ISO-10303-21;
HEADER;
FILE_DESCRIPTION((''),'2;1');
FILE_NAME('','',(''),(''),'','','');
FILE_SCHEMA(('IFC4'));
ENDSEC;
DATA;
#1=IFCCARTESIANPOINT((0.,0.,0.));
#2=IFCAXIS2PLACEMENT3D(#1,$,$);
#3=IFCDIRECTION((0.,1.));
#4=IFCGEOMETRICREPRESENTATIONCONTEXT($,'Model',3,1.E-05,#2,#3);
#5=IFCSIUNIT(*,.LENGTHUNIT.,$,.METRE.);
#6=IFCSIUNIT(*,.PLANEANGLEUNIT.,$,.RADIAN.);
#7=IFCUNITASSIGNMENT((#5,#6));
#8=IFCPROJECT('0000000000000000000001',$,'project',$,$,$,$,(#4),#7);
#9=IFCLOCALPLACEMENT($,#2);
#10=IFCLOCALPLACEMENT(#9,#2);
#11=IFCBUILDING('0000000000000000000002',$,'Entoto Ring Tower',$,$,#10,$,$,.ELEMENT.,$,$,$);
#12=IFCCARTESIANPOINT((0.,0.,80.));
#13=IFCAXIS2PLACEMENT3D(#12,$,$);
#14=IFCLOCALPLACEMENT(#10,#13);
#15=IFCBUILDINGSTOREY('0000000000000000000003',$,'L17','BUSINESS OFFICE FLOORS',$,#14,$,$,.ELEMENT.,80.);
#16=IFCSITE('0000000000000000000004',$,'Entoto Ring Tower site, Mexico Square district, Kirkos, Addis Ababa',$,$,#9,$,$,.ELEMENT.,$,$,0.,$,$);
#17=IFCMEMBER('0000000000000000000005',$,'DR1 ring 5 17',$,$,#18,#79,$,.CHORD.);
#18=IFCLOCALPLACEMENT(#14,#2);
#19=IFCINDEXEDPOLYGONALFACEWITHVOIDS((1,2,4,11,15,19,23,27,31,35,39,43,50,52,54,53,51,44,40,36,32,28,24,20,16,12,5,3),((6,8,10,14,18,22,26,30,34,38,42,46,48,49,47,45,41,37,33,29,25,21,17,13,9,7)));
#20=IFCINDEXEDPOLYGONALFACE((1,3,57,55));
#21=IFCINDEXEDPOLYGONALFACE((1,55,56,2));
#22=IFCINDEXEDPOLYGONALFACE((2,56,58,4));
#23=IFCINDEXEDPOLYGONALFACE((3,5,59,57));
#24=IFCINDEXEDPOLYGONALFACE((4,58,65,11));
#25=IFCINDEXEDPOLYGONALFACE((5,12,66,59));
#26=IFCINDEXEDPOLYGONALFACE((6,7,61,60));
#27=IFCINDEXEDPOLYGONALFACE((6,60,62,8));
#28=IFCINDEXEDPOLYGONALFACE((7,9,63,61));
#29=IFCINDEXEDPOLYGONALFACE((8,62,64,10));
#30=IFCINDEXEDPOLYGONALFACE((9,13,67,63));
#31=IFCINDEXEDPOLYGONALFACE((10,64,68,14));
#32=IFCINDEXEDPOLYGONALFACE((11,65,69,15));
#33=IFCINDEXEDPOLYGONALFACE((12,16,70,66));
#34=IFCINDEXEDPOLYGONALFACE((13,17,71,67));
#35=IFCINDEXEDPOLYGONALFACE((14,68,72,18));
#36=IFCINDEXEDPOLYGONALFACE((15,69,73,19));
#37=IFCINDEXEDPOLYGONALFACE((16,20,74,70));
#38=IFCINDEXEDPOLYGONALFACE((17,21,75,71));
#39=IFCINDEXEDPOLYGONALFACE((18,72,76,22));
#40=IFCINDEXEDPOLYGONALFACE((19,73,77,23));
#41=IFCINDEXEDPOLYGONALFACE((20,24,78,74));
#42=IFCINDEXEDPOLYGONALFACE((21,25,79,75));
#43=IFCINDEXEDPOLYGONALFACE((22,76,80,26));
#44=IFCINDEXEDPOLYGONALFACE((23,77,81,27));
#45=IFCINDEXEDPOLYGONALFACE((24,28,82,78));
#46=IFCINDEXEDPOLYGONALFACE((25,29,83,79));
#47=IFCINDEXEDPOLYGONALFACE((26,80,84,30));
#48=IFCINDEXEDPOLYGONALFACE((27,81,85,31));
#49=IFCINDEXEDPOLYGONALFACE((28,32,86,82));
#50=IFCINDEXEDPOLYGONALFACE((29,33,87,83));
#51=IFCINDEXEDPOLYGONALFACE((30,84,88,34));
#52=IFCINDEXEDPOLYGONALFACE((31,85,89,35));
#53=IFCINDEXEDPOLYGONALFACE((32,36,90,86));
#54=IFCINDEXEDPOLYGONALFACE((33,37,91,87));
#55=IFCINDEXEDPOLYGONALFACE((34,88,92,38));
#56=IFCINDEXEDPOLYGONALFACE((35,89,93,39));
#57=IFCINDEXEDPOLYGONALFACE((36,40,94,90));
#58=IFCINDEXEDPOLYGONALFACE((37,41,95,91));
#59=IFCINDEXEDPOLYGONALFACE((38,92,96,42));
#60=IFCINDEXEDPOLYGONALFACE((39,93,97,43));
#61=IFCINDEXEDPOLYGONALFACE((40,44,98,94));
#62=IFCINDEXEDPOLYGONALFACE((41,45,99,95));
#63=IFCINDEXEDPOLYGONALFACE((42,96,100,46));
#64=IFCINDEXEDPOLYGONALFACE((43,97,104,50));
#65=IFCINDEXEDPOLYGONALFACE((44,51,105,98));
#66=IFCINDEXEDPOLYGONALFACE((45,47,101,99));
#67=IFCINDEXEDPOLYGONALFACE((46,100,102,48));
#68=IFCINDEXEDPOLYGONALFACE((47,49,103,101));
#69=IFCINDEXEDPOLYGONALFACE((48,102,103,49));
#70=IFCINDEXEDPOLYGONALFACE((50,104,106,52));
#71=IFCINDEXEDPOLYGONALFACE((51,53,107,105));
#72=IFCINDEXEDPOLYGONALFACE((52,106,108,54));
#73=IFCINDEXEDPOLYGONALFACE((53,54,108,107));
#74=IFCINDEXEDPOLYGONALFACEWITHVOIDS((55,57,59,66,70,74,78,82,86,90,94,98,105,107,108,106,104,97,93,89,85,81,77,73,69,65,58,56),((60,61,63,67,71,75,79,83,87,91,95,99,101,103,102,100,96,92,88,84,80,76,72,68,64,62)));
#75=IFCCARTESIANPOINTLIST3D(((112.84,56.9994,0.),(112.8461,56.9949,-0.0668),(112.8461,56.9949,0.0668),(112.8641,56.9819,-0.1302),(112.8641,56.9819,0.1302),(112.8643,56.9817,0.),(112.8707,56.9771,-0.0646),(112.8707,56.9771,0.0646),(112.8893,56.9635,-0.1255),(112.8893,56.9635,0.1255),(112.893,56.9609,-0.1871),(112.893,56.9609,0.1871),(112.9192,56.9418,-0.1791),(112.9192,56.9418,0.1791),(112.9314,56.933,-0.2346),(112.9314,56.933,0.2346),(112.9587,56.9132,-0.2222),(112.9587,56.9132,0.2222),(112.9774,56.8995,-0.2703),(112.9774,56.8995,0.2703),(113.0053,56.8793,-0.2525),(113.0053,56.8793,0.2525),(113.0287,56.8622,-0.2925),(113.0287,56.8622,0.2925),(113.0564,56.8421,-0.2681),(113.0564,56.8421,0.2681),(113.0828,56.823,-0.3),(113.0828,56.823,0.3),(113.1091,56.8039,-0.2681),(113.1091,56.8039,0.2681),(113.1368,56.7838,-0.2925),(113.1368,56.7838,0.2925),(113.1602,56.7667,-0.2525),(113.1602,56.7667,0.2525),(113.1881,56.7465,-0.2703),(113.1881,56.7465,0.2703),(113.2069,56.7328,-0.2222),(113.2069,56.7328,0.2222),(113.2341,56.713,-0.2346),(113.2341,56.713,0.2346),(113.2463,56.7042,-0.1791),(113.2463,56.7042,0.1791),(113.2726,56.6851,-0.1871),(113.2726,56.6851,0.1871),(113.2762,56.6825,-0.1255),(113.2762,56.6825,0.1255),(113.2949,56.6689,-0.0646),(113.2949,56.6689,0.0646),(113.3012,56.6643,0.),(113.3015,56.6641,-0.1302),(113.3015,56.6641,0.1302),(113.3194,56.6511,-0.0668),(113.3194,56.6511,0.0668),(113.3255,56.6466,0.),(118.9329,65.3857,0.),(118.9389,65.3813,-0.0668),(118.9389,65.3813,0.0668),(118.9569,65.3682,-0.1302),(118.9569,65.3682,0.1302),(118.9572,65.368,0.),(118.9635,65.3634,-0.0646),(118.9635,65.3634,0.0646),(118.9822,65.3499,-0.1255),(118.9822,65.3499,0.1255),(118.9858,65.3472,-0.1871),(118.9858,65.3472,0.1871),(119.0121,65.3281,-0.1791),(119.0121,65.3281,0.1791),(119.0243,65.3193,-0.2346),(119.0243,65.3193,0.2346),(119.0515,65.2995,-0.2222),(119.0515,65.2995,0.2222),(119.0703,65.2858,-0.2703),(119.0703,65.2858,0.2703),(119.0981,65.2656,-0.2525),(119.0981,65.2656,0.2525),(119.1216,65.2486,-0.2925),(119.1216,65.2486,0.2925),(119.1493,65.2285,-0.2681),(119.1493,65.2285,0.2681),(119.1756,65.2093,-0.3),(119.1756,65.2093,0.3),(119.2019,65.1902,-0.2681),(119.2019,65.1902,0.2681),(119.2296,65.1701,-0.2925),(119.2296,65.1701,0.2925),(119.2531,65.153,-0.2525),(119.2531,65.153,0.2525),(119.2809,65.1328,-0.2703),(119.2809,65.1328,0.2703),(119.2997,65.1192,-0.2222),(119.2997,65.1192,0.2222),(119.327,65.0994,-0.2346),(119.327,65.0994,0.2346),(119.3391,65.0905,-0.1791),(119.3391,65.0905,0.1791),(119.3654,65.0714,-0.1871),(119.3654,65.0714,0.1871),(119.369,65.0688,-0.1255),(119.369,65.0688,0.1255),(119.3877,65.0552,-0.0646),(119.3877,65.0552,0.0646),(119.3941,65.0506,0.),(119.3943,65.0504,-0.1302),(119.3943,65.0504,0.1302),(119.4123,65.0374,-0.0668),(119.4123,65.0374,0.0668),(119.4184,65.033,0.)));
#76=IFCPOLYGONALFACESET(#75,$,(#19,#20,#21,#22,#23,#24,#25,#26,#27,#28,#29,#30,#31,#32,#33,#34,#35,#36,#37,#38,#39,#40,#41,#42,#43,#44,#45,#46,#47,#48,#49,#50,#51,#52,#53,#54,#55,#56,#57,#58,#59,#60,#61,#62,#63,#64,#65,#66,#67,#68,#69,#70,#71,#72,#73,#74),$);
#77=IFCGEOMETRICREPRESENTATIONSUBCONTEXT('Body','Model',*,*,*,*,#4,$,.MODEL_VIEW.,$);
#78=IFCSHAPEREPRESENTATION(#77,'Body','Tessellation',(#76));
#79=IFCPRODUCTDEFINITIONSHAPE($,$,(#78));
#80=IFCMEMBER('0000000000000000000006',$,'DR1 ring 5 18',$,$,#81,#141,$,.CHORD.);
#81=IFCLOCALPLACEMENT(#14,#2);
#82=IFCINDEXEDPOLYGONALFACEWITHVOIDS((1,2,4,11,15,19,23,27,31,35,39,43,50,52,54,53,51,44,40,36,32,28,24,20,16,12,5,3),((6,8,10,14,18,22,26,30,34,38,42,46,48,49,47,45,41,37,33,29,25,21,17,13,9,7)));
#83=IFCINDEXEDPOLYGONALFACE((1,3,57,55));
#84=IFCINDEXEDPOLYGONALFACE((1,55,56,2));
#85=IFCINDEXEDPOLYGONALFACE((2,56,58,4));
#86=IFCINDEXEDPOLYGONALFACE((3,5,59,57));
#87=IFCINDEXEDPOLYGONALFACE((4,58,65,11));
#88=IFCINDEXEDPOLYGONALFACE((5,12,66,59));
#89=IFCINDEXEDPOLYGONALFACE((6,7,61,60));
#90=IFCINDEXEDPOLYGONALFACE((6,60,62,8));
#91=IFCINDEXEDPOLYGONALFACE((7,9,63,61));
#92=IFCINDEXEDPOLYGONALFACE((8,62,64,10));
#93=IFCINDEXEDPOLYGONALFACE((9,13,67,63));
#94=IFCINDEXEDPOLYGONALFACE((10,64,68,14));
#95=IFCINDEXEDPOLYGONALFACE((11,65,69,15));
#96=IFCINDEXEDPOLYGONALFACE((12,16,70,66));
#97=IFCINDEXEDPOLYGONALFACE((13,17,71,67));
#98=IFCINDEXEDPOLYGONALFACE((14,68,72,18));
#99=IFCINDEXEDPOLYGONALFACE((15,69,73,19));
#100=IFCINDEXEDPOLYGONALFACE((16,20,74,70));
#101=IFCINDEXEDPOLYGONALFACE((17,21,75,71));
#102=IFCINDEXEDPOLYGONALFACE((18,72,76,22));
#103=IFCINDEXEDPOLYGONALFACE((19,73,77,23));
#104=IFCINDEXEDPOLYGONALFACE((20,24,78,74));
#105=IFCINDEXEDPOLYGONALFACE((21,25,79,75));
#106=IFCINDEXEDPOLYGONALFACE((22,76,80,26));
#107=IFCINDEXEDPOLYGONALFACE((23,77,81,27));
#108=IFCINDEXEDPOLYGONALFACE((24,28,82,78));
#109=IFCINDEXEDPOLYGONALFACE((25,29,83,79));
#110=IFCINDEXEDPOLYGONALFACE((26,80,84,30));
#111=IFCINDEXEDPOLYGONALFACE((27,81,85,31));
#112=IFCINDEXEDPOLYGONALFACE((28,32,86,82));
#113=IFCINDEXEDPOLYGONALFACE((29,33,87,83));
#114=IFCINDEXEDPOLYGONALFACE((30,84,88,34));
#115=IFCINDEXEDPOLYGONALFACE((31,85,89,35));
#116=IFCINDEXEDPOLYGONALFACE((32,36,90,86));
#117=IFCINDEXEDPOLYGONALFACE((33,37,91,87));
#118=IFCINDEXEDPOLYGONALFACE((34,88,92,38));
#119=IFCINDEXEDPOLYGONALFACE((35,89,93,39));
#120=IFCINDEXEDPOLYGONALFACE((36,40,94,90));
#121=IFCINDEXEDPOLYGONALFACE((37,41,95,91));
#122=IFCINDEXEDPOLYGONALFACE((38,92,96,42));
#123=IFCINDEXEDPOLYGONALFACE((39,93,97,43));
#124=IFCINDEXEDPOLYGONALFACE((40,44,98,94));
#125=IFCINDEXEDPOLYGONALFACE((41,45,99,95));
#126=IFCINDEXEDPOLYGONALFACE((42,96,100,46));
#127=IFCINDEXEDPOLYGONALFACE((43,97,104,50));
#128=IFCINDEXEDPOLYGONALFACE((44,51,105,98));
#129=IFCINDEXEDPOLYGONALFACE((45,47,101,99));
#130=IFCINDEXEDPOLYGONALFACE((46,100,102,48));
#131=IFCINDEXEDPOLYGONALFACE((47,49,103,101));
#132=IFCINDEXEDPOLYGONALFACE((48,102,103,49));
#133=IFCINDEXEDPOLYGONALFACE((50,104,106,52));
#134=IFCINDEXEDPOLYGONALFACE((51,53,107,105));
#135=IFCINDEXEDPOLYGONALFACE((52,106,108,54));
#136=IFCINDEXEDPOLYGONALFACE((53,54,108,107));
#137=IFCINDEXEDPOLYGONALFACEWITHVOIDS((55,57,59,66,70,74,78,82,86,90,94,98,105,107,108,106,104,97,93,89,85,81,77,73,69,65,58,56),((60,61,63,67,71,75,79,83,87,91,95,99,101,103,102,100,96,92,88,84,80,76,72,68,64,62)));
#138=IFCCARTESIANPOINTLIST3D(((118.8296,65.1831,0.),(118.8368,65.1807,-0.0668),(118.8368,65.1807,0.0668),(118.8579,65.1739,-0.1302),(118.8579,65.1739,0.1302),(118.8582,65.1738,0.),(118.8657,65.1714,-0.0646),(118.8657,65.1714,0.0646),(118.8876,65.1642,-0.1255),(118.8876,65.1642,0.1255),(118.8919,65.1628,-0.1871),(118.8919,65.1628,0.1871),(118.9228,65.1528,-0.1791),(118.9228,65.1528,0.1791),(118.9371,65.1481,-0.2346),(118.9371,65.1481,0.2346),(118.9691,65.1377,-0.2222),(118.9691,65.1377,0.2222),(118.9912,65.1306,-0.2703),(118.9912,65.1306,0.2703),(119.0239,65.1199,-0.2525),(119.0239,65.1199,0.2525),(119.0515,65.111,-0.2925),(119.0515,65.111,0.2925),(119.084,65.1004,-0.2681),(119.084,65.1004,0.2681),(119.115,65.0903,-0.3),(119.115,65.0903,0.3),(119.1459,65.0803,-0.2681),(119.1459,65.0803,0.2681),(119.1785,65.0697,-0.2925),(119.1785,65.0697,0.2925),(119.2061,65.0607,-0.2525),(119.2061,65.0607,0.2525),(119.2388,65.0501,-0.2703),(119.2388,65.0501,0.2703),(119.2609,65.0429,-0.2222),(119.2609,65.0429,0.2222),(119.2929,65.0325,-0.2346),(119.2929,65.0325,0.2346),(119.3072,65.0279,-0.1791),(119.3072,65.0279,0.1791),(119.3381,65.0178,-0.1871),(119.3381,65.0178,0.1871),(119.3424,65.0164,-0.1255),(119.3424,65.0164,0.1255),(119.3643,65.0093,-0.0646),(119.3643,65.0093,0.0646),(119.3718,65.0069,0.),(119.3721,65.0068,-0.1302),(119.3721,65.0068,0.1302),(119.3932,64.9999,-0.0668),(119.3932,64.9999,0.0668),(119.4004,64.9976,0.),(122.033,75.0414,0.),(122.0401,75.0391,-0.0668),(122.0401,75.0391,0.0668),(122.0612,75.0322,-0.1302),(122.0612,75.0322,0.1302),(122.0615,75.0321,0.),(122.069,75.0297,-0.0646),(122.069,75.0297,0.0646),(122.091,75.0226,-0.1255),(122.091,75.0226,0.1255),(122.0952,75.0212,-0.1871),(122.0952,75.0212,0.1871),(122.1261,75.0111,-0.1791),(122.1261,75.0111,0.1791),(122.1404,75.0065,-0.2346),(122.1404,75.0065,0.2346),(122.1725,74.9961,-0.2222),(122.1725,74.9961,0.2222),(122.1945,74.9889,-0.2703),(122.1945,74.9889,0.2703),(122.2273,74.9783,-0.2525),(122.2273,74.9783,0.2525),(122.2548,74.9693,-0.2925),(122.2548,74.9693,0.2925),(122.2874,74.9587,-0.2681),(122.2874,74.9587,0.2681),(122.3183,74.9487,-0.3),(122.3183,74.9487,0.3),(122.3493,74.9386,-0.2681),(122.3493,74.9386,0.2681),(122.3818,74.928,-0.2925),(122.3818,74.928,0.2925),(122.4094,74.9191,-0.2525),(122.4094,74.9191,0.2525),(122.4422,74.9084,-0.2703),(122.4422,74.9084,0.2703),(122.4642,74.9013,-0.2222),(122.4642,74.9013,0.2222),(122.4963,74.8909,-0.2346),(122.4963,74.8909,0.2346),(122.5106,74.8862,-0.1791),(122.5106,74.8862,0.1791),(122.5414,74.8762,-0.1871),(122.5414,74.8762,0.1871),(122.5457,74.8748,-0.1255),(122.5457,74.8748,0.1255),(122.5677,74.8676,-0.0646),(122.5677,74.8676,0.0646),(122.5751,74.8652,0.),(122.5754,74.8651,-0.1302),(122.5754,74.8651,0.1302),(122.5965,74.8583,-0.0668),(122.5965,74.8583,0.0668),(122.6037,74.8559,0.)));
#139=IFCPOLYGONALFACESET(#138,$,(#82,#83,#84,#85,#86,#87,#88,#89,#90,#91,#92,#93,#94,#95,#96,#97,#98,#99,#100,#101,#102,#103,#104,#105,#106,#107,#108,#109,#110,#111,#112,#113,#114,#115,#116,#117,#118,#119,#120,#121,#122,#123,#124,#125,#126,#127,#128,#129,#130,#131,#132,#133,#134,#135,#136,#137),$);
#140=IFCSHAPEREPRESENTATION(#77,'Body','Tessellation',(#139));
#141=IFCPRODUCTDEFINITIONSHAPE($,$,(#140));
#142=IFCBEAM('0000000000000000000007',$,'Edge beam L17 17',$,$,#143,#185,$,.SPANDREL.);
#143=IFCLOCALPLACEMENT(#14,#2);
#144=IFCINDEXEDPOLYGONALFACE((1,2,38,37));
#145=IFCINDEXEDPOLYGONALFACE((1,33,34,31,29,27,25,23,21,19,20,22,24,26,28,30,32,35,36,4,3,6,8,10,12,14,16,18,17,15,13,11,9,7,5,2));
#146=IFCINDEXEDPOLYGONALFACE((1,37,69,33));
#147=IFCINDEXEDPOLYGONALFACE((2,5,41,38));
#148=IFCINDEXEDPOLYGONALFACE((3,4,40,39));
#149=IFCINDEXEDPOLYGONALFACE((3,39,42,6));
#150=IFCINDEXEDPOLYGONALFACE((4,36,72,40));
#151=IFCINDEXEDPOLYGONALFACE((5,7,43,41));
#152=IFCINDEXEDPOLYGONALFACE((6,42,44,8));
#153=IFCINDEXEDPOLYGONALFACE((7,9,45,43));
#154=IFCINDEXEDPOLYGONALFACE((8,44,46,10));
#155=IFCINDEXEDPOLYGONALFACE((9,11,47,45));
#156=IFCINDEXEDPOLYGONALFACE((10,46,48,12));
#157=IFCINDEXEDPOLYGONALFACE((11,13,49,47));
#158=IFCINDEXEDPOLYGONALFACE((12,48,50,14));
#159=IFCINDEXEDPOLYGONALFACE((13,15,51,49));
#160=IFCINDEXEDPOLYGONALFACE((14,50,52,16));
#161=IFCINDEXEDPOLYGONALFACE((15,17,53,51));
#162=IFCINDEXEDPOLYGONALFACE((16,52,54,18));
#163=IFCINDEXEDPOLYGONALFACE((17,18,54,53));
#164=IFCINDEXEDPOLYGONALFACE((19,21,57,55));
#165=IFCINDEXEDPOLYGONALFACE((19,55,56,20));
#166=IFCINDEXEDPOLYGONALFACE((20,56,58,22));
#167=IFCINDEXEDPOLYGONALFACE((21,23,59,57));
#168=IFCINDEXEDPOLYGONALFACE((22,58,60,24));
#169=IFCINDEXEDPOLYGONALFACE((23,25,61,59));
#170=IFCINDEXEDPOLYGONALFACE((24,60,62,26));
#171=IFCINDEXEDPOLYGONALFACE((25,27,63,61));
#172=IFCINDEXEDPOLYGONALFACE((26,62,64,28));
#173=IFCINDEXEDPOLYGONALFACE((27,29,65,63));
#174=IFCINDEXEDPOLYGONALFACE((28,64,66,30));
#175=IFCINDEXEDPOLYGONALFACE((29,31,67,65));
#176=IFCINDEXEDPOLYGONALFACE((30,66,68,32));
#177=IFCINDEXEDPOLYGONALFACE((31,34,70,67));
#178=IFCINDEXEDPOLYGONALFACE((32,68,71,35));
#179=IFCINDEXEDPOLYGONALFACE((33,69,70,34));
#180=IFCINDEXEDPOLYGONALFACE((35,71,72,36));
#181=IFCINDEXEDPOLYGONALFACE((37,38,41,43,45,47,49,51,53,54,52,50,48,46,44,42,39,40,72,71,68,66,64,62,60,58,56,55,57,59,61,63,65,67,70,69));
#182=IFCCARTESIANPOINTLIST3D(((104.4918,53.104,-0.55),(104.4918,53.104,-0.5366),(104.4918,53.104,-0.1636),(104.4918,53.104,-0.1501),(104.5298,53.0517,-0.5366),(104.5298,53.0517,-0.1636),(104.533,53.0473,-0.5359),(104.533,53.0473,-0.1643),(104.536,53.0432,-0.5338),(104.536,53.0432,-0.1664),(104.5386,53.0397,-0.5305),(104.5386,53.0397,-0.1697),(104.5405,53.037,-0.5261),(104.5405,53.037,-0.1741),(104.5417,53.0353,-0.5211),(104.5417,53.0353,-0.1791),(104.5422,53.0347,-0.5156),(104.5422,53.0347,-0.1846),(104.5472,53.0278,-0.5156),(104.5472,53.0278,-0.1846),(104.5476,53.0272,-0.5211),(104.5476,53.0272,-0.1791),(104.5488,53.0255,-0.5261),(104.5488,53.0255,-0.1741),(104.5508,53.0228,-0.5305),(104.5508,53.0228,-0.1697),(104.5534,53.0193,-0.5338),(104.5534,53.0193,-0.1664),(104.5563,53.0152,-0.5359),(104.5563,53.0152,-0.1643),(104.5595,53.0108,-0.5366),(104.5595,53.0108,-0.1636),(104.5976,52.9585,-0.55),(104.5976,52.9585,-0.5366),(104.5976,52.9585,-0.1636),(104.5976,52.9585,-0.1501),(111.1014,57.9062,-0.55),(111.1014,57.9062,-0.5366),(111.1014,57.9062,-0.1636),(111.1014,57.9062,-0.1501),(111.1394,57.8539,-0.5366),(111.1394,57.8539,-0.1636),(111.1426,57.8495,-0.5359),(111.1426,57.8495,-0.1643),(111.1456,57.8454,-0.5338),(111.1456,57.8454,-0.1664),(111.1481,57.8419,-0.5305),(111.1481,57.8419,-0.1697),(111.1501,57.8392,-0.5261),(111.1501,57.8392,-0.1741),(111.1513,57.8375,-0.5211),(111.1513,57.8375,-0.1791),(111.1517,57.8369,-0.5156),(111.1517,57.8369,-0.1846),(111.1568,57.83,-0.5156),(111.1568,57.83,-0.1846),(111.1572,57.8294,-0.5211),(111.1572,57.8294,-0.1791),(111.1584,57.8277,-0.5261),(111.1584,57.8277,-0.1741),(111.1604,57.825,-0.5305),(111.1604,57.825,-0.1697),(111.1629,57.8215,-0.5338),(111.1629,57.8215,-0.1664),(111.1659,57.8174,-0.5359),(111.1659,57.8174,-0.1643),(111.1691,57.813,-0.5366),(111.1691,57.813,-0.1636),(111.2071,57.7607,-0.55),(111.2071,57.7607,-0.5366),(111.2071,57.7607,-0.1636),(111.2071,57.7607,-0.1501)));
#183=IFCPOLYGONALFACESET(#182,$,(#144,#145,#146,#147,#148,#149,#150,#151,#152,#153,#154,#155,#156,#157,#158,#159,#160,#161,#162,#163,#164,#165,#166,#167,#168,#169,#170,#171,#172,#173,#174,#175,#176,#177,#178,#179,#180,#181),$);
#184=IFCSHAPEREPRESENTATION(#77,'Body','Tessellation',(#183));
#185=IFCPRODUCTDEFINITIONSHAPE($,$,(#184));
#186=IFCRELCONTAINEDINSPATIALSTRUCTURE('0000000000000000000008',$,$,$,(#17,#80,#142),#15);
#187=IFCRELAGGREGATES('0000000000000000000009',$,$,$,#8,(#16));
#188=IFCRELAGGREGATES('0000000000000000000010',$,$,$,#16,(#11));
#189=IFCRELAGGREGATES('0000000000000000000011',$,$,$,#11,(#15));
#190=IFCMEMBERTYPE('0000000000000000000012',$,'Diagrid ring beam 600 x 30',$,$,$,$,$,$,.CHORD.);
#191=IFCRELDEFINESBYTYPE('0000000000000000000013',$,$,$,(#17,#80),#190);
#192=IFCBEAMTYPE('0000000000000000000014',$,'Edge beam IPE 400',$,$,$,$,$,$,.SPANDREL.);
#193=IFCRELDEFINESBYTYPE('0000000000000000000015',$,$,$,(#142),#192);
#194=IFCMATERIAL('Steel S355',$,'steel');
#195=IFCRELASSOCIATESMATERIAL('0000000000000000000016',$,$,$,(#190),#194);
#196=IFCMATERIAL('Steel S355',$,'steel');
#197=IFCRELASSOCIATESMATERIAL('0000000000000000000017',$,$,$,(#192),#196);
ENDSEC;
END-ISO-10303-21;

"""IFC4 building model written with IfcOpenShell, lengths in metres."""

from ifc_helpers import new_model, si_unit, direction, frame, origin, origin_2d, place, context, subcontext, project, spatial, circle, hollow_circle, i_section, extrude, material, material_profile, profile_set, type_object, element, save


model = new_model("IFC4")

# Units and contexts
model_context = context("Model", 3, precision=1e-05, world=origin(), true_north=direction((0.0, 1.0)))
body_context = subcontext(model_context, "Body", "Model", "MODEL_VIEW")
ifc_project = project(units=[si_unit("LENGTHUNIT", "METRE"), si_unit("PLANEANGLEUNIT", "RADIAN")], contexts=[model_context])

# Site, building, storey
site_placement = place(None, origin())
site = spatial("IfcSite", under=ifc_project, at=site_placement, Name="Entoto Ring Tower site, Mexico Square district, Kirkos, Addis Ababa", CompositionType="ELEMENT", RefElevation=0.0)
building_placement = place(site_placement, origin())
building = spatial("IfcBuilding", under=site, at=building_placement, Name="Entoto Ring Tower", CompositionType="ELEMENT")
storey_placement = place(building_placement, frame((0.0, 0.0, 80.0)))
storey = spatial("IfcBuildingStorey", under=building, at=storey_placement, Name="L17", Description="BUSINESS OFFICE FLOORS", CompositionType="ELEMENT", Elevation=80.0)

# Members
ifc_material_1 = material(Name="Steel S355", Category="steel")
ifc_material_profile_1 = material_profile(ifc_material_1, hollow_circle(Radius=0.3, WallThickness=0.03, at=origin_2d()), Name="CHS 600 x 30")
ifc_material_2 = material(Name="Concrete C60/75", Category="concrete")
ifc_material_profile_2 = material_profile(ifc_material_2, circle(Radius=0.27, at=origin_2d()), Name="Concrete C60/75 infill")
ifc_profile_set_1 = profile_set([ifc_material_profile_1, ifc_material_profile_2], Name="Steel S355")
member_type_1 = type_object("IfcMemberType", Name="Diagrid ring beam 600 x 30", PredefinedType="CHORD", material=ifc_profile_set_1)
for number, where, z_axis, x_axis, name in (
    (1, (113.0828, 56.823, 0.0), (0.587774, 0.809025, 0.0), (-0.809025, 0.587774, 0.0), "DR1 ring 5 17"),
):
    element("IfcMember", number, at=place(storey_placement, frame(where, z_axis=z_axis, x_axis=x_axis)), inside=storey, type_object=member_type_1, Name=name, PredefinedType="CHORD", context=body_context, shape_type="SweptSolid", body=[
        extrude(hollow_circle(Radius=0.3, WallThickness=0.03, at=origin_2d()), origin(), (0.0, 0.0, 1.0), 10.366),
    ])
member_placement = place(storey_placement, frame((119.115, 65.0903, 0.0), z_axis=(0.309033, 0.951051, 0.0), x_axis=(-0.951051, 0.309033, 0.0)))
element("IfcMember", 2, at=member_placement, inside=storey, type_object=member_type_1, Name="DR1 ring 5 18", PredefinedType="CHORD", context=body_context, shape_type="SweptSolid", body=[
    extrude(hollow_circle(Radius=0.3, WallThickness=0.03, at=origin_2d()), origin(), (0.0, 0.0, 1.0), 10.3657),
])

# Beam
ifc_material_3 = material(Name="Steel S355", Category="steel")
ifc_material_profile_3 = material_profile(ifc_material_3, i_section(OverallWidth=0.1799, OverallDepth=0.3999, WebThickness=0.0085, FlangeThickness=0.0134, FilletRadius=0.021, at=origin_2d()), Name="IPE 400")
ifc_profile_set_2 = profile_set([ifc_material_profile_3], Name="Steel S355")
beam_type = type_object("IfcBeamType", Name="Edge beam IPE 400", PredefinedType="SPANDREL", material=ifc_profile_set_2)
for number, where, z_axis, x_axis, name in (
    (3, (104.5447, 53.0312, -0.3501), (0.809013, 0.587791, 0.0), (-0.587791, 0.809013, 0.0), "Edge beam L17 17"),
):
    element("IfcBeam", number, at=place(storey_placement, frame(where, z_axis=z_axis, x_axis=x_axis)), inside=storey, type_object=beam_type, Name=name, PredefinedType="SPANDREL", context=body_context, shape_type="SweptSolid", body=[
        extrude(i_section(OverallWidth=0.1799, OverallDepth=0.3999, WebThickness=0.0085, FlangeThickness=0.0134, FilletRadius=0.021, at=origin_2d()), origin(), (0.0, 0.0, 1.0), 8.1699),
    ])

save(model, "model.ifc")
